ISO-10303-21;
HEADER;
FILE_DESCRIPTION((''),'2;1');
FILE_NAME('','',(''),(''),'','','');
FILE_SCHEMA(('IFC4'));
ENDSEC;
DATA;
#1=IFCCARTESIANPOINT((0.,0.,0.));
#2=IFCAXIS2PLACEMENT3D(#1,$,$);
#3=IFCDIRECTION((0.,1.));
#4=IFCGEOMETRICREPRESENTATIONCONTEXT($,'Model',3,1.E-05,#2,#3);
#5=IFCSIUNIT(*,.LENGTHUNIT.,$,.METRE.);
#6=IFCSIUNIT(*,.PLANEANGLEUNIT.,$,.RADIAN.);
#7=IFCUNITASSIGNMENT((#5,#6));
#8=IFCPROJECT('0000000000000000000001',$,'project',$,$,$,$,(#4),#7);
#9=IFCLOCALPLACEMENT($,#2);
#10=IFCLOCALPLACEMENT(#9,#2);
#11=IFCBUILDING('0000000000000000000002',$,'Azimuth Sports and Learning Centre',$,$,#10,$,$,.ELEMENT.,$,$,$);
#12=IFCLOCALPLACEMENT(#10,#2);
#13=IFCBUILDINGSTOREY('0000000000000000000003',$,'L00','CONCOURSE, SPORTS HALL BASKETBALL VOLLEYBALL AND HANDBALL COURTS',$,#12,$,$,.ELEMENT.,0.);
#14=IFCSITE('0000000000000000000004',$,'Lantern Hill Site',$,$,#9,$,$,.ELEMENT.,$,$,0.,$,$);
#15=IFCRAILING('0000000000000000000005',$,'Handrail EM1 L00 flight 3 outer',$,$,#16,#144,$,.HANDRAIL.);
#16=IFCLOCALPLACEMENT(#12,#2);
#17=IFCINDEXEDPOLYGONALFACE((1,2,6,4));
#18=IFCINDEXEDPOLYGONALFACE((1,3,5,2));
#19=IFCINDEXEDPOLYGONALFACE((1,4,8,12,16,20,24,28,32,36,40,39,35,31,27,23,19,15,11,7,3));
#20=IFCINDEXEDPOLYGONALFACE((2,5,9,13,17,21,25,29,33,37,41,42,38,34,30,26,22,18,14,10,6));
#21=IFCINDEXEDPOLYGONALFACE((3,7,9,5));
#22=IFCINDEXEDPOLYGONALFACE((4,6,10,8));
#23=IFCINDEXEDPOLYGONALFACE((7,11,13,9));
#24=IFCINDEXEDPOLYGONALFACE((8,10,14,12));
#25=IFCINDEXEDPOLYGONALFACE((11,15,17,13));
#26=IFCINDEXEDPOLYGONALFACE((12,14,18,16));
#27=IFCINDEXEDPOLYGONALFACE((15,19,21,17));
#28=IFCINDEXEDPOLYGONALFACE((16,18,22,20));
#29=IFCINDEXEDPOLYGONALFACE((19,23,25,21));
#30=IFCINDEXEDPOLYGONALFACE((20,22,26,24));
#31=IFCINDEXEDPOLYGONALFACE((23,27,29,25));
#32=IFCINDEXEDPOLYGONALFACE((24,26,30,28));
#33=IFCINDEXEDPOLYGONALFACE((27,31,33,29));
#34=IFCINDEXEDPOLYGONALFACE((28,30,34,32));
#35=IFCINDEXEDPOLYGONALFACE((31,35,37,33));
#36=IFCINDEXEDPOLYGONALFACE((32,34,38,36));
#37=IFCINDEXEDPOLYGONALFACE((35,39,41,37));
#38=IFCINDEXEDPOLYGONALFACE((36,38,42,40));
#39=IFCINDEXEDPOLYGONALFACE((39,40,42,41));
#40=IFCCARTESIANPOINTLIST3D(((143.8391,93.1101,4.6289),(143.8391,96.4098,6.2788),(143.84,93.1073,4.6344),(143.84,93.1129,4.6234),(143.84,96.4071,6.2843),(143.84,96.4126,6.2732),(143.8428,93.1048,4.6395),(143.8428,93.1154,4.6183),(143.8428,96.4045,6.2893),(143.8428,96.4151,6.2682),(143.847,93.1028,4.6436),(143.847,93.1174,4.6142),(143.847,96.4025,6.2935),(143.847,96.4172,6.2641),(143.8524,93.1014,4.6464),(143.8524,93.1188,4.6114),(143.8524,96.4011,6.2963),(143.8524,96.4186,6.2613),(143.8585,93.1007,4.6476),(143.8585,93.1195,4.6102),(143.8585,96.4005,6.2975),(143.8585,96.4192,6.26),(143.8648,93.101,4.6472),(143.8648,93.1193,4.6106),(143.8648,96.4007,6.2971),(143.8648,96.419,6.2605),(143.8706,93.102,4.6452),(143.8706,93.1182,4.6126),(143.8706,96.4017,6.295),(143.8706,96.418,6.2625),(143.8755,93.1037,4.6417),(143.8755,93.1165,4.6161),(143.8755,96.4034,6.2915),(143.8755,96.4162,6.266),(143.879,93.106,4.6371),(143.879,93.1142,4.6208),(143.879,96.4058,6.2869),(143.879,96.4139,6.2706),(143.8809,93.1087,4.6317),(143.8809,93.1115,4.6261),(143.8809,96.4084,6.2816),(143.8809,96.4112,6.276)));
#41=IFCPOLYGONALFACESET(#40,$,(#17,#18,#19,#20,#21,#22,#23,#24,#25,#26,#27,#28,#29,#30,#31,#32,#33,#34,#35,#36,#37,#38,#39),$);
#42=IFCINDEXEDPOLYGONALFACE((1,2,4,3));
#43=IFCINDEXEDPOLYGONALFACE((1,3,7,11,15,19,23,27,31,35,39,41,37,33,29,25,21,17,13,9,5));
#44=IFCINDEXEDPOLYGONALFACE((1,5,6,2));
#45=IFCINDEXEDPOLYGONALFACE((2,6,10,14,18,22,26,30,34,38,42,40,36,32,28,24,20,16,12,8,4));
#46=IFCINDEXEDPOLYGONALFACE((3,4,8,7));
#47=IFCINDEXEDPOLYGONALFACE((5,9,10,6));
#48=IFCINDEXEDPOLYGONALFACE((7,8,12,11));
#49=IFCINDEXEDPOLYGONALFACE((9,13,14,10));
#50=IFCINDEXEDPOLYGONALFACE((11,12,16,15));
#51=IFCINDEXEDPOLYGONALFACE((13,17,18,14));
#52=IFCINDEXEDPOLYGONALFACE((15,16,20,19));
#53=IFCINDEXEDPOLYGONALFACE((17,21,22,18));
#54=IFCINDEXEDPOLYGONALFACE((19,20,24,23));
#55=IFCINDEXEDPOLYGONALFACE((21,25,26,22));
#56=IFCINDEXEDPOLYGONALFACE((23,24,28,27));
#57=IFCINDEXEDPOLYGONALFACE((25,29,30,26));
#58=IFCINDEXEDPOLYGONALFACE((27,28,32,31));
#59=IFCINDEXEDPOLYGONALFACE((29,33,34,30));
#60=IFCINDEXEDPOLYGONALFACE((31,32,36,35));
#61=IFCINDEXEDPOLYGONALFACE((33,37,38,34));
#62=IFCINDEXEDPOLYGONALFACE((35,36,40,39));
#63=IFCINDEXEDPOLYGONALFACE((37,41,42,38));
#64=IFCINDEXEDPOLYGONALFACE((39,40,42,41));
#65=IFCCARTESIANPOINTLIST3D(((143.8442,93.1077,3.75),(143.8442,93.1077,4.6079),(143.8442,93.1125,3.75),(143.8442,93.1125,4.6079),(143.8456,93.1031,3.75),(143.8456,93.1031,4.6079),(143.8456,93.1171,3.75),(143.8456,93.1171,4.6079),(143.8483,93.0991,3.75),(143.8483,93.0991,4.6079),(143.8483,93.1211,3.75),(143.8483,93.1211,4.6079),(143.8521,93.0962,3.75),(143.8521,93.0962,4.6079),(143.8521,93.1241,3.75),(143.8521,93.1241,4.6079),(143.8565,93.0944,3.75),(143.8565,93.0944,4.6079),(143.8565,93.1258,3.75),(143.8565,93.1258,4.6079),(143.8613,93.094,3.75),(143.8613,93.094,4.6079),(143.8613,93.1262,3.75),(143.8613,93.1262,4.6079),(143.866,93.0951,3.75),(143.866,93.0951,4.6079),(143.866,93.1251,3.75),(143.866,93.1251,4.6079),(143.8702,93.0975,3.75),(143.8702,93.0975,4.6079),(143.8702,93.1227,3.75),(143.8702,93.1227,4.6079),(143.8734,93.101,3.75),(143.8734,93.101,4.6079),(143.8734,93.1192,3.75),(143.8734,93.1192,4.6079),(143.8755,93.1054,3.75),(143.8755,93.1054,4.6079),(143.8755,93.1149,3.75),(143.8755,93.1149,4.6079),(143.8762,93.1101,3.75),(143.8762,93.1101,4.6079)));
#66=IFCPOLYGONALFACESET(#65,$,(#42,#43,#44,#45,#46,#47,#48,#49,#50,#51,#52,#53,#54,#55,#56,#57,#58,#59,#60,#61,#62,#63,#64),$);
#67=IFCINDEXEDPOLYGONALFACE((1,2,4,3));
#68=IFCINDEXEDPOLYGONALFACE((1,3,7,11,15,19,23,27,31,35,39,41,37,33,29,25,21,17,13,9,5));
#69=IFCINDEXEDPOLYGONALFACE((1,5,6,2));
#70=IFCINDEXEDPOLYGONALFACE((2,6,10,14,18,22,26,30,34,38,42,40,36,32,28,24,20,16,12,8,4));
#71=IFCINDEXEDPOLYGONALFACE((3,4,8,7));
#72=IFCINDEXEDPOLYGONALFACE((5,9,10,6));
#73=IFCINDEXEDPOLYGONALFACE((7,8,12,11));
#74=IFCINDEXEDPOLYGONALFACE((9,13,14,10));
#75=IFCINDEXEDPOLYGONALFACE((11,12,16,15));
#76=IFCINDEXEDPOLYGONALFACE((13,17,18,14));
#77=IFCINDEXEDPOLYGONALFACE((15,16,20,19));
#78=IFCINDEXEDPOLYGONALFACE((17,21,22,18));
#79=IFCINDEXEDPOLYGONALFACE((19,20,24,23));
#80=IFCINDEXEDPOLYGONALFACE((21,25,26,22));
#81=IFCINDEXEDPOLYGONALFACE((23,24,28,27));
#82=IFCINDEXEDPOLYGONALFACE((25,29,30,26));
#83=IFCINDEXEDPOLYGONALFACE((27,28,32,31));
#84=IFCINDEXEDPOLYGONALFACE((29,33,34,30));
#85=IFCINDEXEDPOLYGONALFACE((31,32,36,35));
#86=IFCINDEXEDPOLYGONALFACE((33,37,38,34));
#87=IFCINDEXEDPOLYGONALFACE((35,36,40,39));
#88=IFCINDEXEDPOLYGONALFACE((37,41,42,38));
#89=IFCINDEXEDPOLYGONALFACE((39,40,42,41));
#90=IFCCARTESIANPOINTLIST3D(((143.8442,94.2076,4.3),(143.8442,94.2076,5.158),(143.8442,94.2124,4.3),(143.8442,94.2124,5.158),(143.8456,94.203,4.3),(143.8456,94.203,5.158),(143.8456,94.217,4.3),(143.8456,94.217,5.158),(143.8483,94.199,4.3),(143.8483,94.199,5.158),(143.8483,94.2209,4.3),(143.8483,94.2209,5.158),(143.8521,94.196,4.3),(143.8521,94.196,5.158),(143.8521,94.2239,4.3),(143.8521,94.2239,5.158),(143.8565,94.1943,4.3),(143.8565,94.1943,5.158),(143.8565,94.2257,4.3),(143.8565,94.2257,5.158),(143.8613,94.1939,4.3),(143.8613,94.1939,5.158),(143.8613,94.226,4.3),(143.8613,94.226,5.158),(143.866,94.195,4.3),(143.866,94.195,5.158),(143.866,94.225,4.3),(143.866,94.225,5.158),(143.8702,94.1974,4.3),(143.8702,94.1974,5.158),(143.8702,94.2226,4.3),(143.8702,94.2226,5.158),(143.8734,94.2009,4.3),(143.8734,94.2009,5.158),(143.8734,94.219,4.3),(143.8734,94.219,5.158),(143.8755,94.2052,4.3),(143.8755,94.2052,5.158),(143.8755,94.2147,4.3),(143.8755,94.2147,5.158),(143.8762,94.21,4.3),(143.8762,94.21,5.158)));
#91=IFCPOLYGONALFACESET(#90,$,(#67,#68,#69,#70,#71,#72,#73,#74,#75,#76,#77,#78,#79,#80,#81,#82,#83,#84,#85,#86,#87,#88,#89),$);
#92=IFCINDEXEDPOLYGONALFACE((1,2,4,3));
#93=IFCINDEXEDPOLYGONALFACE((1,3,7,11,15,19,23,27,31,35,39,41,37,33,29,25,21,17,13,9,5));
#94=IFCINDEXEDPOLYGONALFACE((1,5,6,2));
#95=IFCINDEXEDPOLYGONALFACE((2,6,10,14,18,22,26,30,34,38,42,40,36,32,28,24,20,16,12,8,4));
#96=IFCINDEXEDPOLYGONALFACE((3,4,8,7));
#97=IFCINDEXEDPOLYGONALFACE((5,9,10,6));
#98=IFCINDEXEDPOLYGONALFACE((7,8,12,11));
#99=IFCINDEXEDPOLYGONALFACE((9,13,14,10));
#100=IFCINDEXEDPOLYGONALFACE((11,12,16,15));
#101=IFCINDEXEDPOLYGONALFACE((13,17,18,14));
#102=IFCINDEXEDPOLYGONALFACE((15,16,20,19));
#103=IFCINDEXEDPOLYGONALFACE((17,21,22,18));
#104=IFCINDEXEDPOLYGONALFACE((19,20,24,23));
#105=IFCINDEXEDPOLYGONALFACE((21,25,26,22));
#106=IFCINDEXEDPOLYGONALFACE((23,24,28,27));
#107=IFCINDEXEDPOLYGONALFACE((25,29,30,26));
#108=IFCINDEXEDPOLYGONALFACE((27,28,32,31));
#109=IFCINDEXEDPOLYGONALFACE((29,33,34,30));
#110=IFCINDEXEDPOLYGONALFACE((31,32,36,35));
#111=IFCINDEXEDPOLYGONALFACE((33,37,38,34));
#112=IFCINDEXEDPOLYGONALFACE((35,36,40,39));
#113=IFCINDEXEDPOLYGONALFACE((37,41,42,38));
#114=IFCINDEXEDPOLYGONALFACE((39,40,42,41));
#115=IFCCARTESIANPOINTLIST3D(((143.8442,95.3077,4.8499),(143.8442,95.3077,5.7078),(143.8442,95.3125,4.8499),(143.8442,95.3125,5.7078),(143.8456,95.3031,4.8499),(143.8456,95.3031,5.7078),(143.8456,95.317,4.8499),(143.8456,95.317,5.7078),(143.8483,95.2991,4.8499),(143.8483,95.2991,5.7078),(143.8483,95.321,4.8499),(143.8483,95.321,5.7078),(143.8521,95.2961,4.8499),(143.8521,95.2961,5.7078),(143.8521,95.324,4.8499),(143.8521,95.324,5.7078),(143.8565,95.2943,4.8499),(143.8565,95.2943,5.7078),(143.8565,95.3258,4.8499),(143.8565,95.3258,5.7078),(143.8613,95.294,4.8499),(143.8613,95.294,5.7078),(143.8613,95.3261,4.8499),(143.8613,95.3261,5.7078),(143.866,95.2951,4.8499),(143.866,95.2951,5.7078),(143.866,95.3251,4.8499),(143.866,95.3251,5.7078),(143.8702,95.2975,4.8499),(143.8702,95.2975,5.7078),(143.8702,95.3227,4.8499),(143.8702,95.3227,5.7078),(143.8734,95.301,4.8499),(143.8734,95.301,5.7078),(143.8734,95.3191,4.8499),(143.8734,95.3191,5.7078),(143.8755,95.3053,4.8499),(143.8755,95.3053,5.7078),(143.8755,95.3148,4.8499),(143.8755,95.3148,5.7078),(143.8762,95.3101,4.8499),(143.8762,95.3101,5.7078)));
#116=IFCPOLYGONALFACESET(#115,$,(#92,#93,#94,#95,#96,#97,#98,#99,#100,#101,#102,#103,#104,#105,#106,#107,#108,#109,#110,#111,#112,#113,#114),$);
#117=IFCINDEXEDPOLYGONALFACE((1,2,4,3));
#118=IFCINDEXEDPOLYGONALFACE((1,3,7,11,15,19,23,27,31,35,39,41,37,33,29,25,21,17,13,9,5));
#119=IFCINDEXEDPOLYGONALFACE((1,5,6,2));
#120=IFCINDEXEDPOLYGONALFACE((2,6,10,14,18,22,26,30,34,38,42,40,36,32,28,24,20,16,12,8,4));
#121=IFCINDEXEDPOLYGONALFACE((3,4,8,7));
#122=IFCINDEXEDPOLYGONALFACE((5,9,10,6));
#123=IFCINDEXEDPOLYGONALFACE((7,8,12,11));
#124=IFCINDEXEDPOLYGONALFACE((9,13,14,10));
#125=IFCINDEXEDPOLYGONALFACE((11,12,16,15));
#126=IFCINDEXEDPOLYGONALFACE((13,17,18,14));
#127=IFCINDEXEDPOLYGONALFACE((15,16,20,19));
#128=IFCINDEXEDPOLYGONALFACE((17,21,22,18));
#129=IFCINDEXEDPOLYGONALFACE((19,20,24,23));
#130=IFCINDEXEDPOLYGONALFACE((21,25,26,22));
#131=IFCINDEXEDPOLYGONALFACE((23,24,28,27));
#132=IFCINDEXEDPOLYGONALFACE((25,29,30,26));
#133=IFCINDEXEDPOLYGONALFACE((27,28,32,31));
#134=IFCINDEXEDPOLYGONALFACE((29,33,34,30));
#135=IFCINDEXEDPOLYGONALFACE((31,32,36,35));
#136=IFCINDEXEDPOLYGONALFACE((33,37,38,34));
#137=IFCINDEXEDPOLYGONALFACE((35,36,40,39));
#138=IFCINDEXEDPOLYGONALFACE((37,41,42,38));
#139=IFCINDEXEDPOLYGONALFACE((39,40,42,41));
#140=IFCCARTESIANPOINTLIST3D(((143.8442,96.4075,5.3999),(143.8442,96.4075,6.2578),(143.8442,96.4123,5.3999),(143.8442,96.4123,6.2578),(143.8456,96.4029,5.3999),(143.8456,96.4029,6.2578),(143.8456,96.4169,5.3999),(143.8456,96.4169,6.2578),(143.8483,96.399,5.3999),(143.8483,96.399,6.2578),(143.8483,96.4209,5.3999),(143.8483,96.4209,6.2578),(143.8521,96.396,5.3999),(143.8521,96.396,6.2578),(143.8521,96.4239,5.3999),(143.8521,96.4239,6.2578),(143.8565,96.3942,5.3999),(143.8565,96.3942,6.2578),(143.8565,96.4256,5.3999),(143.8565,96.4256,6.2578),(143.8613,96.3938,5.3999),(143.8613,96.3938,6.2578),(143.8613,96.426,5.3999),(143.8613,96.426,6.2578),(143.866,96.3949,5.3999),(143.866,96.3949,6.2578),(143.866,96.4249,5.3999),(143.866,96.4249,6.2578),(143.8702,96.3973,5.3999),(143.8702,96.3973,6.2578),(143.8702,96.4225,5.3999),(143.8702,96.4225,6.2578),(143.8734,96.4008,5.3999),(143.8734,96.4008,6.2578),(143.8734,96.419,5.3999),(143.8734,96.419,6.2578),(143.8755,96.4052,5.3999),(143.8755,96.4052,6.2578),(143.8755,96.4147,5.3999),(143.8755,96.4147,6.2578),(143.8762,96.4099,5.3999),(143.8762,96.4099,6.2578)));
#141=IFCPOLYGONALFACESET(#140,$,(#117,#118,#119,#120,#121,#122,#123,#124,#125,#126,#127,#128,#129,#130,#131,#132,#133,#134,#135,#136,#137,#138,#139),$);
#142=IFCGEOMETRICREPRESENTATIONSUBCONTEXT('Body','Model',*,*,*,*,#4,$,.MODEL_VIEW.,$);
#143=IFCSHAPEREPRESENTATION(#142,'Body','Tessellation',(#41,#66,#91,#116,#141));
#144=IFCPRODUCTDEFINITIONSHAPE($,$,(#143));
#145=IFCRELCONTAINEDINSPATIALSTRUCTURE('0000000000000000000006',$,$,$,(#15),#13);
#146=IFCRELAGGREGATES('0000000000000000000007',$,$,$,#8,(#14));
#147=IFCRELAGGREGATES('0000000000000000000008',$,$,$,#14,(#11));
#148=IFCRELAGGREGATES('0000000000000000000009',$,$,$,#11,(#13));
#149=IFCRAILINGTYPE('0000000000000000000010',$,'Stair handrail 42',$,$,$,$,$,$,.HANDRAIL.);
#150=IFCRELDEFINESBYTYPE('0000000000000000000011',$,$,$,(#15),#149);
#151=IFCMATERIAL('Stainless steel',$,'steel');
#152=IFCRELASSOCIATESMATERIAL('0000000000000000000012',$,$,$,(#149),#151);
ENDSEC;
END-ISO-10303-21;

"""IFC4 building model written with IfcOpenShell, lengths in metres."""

from ifc_helpers import new_model, si_unit, direction, frame, origin, origin_2d, place, context, subcontext, project, spatial, circle, extrude, material, type_object, element, save


model = new_model("IFC4")

# Units and contexts
model_context = context("Model", 3, precision=1e-05, world=origin(), true_north=direction((0.0, 1.0)))
body_context = subcontext(model_context, "Body", "Model", "MODEL_VIEW")
ifc_project = project(units=[si_unit("LENGTHUNIT", "METRE"), si_unit("PLANEANGLEUNIT", "RADIAN")], contexts=[model_context])

# Site, building, storey
site_placement = place(None, origin())
site = spatial("IfcSite", under=ifc_project, at=site_placement, Name="Lantern Hill Site", CompositionType="ELEMENT", RefElevation=0.0)
building_placement = place(site_placement, origin())
building = spatial("IfcBuilding", under=site, at=building_placement, Name="Azimuth Sports and Learning Centre", CompositionType="ELEMENT")
storey_placement = place(building_placement, origin())
storey = spatial("IfcBuildingStorey", under=building, at=storey_placement, Name="L00", Description="CONCOURSE, SPORTS HALL BASKETBALL VOLLEYBALL AND HANDBALL COURTS", CompositionType="ELEMENT", Elevation=0.0)

# Railing
ifc_material_1 = material(Name="Stainless steel", Category="steel")
railing_type_1 = type_object("IfcRailingType", Name="Stair handrail 42", PredefinedType="HANDRAIL", material=ifc_material_1)
for number, where, name in (
    (1, (143.8601, 93.1101, 3.75), "Handrail EM1 L00 flight 3 outer"),
):
    element("IfcRailing", number, at=place(storey_placement, frame(where)), inside=storey, type_object=railing_type_1, Name=name, PredefinedType="HANDRAIL", context=body_context, shape_type="SweptSolid", body=[
        extrude(circle(Radius=0.021, at=origin_2d()), frame((0.0, 0.0, 0.8789), z_axis=(0.0, 0.894427, 0.447214), x_axis=(-1.0, 0.0, 0.0)), (0.0, 0.0, 1.0), 3.6892),
        extrude(circle(Radius=0.0161, at=origin_2d()), origin(), (0.0, 0.0, 1.0), 0.8579),
        extrude(circle(Radius=0.0161, at=origin_2d()), frame((0.0, 1.0999, 0.55)), (0.0, 0.0, 1.0), 0.8579),
        extrude(circle(Radius=0.0161, at=origin_2d()), frame((0.0, 2.2, 1.0999)), (0.0, 0.0, 1.0), 0.8579),
        extrude(circle(Radius=0.0161, at=origin_2d()), frame((0.0, 3.2998, 1.6499)), (0.0, 0.0, 1.0), 0.8579),
    ])

save(model, "model.ifc")
